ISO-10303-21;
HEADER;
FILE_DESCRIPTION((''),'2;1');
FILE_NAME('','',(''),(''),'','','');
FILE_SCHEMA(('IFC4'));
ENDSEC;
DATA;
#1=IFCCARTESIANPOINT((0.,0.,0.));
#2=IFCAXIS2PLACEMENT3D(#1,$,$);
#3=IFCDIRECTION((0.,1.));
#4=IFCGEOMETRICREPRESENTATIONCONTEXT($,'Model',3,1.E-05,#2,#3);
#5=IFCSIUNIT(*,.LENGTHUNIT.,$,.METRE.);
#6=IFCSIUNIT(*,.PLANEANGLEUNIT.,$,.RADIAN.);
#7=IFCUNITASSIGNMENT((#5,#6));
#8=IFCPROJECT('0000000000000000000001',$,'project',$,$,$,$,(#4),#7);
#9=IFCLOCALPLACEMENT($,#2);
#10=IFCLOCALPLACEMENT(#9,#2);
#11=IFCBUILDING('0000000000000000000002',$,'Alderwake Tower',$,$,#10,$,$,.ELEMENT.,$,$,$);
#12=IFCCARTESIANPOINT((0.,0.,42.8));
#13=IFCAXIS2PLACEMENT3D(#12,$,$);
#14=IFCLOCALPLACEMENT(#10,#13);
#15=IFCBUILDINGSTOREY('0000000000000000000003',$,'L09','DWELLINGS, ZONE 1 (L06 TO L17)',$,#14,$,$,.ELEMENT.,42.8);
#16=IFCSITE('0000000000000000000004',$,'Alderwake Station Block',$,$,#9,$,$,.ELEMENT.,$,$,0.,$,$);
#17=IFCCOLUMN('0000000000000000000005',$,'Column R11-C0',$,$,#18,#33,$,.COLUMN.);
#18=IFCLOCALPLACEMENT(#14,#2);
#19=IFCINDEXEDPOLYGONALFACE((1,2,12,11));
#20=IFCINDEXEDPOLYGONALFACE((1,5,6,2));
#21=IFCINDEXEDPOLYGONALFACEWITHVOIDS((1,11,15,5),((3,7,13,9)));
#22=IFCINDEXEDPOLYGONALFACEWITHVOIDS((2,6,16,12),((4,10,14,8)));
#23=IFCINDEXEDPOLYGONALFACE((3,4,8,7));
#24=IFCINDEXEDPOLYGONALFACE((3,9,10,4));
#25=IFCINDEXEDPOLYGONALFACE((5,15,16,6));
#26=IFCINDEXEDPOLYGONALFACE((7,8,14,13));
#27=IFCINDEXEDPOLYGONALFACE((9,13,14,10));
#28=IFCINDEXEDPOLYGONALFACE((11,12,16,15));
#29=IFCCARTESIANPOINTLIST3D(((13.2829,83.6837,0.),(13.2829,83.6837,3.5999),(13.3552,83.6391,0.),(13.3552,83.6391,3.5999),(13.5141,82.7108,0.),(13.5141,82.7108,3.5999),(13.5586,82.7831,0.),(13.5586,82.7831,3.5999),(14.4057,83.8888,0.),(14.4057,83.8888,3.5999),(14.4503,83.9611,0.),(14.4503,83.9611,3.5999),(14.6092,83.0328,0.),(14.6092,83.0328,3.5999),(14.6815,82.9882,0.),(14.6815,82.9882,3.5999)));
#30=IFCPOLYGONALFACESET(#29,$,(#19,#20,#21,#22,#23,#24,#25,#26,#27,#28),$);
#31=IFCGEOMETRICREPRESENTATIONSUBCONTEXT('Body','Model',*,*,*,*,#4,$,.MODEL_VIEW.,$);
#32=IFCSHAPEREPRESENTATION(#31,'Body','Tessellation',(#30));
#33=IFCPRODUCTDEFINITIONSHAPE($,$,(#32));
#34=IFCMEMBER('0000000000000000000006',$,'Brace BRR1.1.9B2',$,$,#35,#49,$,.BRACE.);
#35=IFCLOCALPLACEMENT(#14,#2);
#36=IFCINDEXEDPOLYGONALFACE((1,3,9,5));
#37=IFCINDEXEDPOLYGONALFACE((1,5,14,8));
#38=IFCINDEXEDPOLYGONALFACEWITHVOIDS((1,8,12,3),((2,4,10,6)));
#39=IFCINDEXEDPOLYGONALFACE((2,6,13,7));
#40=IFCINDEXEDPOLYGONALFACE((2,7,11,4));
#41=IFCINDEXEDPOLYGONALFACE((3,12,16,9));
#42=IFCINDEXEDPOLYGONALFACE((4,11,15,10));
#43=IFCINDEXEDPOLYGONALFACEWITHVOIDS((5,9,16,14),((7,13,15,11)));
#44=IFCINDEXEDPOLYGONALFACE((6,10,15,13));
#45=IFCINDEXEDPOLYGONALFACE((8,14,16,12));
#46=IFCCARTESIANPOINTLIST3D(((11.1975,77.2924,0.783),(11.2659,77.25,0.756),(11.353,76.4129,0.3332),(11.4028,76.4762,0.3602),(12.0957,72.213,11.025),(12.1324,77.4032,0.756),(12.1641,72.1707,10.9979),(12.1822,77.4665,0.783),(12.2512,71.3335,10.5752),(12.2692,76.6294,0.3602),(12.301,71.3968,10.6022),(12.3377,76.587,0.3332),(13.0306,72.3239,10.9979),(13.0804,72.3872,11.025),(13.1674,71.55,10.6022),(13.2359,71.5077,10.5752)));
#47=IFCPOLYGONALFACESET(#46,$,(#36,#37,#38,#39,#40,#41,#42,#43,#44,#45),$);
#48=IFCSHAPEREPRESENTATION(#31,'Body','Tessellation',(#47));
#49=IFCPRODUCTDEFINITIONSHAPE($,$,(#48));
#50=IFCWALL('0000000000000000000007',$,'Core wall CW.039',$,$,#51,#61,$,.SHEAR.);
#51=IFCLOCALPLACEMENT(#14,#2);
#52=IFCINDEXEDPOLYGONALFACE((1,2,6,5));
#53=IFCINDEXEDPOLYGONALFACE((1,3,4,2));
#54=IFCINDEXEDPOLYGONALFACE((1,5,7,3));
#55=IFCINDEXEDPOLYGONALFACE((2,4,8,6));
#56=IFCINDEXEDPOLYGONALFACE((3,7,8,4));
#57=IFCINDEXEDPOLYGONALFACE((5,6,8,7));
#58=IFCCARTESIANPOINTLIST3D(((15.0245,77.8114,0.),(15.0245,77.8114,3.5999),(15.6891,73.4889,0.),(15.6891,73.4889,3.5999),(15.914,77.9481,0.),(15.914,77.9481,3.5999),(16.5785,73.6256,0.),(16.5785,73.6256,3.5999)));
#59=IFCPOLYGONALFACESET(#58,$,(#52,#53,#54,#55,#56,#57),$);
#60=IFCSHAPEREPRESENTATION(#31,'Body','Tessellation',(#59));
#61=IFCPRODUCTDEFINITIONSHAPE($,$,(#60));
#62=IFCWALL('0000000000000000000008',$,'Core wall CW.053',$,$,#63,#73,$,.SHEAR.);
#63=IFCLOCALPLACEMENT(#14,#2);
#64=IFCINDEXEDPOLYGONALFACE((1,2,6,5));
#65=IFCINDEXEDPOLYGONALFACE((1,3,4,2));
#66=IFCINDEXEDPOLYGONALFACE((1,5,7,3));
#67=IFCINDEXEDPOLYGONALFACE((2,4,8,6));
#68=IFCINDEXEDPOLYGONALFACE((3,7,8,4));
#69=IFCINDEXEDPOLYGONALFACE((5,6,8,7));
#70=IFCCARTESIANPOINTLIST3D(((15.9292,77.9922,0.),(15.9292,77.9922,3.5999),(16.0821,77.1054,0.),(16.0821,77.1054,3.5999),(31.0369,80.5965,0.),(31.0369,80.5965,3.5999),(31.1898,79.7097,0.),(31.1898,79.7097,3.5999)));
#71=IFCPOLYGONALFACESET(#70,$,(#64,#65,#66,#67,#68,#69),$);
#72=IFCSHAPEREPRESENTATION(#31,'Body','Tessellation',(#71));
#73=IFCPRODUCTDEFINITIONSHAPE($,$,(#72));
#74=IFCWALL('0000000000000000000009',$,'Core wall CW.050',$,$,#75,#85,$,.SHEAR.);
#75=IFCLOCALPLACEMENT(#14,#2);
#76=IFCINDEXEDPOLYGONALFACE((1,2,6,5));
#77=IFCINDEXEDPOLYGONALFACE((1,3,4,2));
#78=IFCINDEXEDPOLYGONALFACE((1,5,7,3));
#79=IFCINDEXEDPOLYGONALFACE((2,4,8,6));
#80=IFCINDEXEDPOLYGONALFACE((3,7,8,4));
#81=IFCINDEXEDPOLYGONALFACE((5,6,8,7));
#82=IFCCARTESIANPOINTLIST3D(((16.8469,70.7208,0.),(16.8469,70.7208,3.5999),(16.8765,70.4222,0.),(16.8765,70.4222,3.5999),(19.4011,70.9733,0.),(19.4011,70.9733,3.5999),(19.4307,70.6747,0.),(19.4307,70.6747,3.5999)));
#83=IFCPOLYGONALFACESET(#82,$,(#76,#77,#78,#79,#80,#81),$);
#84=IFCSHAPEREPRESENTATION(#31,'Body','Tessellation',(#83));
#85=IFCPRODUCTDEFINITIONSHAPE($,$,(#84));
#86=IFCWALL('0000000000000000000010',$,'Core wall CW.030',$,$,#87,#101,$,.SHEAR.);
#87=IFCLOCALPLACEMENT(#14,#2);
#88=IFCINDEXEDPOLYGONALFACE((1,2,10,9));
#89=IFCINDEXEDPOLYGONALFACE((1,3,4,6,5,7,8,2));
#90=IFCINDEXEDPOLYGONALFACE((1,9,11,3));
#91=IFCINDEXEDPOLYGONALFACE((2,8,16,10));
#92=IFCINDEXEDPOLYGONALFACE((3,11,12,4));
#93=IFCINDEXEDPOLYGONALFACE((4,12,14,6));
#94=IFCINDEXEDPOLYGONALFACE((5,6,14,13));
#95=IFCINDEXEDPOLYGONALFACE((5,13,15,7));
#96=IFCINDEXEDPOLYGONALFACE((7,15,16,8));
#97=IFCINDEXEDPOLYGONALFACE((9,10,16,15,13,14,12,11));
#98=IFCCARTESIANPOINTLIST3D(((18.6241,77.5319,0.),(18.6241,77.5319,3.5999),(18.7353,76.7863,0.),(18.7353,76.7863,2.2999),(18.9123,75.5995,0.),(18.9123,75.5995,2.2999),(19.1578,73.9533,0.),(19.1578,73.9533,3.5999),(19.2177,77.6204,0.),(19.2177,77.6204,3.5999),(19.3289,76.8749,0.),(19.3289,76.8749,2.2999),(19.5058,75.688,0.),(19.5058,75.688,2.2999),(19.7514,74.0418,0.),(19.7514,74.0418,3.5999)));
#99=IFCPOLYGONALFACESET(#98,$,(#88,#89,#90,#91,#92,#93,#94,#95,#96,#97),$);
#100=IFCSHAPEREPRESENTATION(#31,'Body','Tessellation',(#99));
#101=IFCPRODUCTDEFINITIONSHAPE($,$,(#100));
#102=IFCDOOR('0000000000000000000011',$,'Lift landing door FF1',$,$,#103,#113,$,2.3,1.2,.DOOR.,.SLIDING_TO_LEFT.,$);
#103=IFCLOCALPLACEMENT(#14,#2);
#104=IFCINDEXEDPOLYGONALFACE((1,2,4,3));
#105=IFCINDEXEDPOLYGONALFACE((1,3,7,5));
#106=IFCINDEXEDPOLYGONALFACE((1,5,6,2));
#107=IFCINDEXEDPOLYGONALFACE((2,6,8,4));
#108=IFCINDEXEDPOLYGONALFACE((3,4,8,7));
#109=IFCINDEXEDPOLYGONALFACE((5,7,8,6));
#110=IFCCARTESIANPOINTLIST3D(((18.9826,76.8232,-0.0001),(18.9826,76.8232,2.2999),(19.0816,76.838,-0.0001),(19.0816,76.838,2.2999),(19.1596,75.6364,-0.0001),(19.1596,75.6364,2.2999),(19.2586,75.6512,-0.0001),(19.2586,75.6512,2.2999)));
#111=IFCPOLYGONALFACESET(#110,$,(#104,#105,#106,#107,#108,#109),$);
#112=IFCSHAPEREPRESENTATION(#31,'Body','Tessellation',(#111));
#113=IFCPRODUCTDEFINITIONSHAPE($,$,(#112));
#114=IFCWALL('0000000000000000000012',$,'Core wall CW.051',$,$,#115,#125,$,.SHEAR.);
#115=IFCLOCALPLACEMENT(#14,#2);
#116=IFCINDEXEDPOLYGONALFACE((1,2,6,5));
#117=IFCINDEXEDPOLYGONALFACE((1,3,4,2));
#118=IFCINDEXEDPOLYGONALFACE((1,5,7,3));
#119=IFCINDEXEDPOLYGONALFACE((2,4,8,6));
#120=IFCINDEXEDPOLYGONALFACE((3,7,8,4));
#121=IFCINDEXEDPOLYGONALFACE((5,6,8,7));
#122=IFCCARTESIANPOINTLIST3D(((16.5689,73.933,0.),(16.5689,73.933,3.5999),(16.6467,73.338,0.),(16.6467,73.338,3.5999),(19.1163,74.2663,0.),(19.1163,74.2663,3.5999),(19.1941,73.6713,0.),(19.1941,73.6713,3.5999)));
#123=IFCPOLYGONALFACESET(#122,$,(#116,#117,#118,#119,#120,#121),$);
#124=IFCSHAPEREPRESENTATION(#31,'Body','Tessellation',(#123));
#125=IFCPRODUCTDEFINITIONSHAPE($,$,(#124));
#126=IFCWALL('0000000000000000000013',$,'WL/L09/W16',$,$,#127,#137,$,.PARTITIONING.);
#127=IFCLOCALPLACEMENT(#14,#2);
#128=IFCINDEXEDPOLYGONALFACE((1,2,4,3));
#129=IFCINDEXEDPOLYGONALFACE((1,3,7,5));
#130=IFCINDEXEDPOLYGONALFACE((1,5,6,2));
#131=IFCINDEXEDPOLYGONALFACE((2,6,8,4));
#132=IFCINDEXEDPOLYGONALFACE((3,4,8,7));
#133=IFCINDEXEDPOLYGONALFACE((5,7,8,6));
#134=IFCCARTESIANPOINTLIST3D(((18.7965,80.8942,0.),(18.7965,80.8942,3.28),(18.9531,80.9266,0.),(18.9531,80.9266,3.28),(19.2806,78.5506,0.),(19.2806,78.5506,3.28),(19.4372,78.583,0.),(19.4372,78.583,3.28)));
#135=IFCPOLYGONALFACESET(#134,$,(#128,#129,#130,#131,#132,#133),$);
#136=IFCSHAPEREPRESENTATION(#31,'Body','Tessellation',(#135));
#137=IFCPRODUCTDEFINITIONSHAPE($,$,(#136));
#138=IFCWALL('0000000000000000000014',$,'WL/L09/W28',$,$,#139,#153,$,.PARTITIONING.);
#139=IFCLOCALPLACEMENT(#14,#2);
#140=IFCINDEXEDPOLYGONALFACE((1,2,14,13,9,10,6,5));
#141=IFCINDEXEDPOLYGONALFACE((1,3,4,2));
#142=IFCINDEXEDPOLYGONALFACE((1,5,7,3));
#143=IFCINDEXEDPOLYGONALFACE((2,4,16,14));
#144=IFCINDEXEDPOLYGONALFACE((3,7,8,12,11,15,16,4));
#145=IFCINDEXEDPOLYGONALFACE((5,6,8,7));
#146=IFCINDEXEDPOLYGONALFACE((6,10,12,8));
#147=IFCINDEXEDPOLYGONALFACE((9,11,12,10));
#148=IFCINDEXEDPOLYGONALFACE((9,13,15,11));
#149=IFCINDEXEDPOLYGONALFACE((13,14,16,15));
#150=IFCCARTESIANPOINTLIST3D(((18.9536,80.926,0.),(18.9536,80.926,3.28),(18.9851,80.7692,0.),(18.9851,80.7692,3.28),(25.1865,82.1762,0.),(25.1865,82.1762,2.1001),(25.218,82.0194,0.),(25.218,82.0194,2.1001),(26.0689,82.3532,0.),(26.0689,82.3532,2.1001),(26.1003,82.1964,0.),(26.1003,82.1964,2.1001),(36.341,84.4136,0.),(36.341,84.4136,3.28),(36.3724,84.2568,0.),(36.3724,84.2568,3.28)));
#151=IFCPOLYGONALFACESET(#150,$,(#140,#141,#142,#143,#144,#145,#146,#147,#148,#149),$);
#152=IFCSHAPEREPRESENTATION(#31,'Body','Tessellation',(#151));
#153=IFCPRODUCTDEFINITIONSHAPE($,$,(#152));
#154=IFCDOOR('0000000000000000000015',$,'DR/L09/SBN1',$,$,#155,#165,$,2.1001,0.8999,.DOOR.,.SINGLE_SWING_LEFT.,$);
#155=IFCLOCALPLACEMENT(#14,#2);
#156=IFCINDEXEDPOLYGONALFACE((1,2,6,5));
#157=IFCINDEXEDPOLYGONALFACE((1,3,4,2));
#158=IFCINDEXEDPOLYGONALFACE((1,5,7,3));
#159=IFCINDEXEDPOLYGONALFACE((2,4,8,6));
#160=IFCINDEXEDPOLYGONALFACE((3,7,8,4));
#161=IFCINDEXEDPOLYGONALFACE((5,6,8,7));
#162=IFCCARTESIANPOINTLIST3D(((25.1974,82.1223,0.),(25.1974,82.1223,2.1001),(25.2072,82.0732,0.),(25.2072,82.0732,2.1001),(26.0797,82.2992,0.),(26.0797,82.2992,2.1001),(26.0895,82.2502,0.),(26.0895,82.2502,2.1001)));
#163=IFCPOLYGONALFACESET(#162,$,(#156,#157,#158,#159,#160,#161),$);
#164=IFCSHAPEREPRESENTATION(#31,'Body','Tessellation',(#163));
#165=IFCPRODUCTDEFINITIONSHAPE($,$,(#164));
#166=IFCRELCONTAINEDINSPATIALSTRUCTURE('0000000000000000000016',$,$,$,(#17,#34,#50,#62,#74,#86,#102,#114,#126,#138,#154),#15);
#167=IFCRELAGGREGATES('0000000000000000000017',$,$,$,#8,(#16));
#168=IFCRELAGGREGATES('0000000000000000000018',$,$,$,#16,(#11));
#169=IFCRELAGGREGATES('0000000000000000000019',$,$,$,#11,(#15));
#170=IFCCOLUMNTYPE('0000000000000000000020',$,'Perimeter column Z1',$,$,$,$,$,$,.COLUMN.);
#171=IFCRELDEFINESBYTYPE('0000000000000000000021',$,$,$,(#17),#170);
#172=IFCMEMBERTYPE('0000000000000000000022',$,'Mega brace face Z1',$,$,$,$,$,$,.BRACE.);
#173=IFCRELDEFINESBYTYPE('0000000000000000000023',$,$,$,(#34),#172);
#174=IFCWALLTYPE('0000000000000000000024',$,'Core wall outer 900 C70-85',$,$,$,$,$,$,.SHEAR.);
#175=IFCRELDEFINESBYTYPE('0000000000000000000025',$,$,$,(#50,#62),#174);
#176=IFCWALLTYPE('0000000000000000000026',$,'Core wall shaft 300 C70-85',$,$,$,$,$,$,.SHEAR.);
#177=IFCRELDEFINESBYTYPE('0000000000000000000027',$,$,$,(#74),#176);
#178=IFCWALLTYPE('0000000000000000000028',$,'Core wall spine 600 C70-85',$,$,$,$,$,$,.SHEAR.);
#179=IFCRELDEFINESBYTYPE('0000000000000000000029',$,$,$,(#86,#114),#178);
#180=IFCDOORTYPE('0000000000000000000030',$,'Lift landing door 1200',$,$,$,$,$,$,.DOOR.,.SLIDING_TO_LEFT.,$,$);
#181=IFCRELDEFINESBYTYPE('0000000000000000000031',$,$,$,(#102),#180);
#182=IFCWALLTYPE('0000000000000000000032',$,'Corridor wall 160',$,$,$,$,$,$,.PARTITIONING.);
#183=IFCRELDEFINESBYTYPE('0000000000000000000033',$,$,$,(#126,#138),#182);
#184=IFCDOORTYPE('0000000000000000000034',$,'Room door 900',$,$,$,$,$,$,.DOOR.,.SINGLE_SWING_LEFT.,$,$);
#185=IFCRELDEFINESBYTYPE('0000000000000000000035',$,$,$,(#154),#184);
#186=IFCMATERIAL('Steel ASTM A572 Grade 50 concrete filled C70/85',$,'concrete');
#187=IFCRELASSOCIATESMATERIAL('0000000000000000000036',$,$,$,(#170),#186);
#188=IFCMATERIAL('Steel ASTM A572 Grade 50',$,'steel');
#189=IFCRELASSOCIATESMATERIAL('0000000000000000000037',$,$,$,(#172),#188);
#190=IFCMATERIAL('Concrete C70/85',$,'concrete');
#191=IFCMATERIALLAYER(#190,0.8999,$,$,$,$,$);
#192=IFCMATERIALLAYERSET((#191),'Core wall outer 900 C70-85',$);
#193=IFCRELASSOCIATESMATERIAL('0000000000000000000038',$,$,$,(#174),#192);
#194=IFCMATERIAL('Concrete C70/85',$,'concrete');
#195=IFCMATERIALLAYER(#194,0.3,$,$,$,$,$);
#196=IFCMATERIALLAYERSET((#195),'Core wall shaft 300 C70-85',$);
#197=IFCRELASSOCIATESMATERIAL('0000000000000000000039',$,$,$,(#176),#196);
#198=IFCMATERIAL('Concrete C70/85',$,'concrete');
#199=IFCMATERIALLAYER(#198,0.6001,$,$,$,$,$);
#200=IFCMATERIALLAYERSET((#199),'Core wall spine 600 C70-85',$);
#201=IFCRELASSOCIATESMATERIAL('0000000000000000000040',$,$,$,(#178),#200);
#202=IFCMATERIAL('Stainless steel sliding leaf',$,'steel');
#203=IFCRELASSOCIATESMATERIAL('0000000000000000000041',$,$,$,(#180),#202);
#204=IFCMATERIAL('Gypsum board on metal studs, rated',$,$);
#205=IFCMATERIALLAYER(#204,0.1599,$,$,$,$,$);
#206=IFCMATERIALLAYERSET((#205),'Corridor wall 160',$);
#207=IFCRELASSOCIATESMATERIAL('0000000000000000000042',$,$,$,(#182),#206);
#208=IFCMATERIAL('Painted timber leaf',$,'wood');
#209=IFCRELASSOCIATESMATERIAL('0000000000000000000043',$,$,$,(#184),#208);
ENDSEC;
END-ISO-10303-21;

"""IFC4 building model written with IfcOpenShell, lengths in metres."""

from ifc_helpers import new_model, si_unit, direction, frame, frame_2d, origin, origin_2d, place, context, subcontext, project, spatial, rectangle, hollow_rectangle, extrude, material, layer, layer_set, material_profile, profile_set, type_object, element, fill, save


model = new_model("IFC4")

# Units and contexts
model_context = context("Model", 3, precision=1e-05, world=origin(), true_north=direction((0.0, 1.0)))
body_context = subcontext(model_context, "Body", "Model", "MODEL_VIEW")
ifc_project = project(units=[si_unit("LENGTHUNIT", "METRE"), si_unit("PLANEANGLEUNIT", "RADIAN")], contexts=[model_context])

# Site, building, storey
site_placement = place(None, origin())
site = spatial("IfcSite", under=ifc_project, at=site_placement, Name="Alderwake Station Block", CompositionType="ELEMENT", RefElevation=0.0)
building_placement = place(site_placement, origin())
building = spatial("IfcBuilding", under=site, at=building_placement, Name="Alderwake Tower", CompositionType="ELEMENT")
storey_placement = place(building_placement, frame((0.0, 0.0, 42.8)))
storey = spatial("IfcBuildingStorey", under=building, at=storey_placement, Name="L09", Description="DWELLINGS, ZONE 1 (L06 TO L17)", CompositionType="ELEMENT", Elevation=42.8)

# Column
ifc_material_1 = material(Name="Steel ASTM A572 Grade 50 concrete filled C70/85", Category="concrete")
ifc_material_profile_1 = material_profile(ifc_material_1, hollow_rectangle(XDim=1.0, YDim=1.2, WallThickness=0.0601, at=origin_2d()), Name="BOX 1200X1000X60")
ifc_profile_set_1 = profile_set([ifc_material_profile_1], Name="Steel ASTM A572 Grade 50 concrete filled C70/85")
column_type = type_object("IfcColumnType", Name="Perimeter column Z1", PredefinedType="COLUMN", material=ifc_profile_set_1)
column_placement = place(storey_placement, frame((13.9822, 83.3359, 0.0), z_axis=(0.0, 0.0, 1.0), x_axis=(-0.231222, 0.972901, 0.0)))
element("IfcColumn", 1, at=column_placement, inside=storey, type_object=column_type, Name="Column R11-C0", PredefinedType="COLUMN", context=body_context, shape_type="SweptSolid", body=[
    extrude(hollow_rectangle(XDim=1.0, YDim=1.2, WallThickness=0.0601, at=origin_2d()), origin(), (0.0, 0.0, 1.0), 3.5999),
])

# Member
ifc_material_2 = material(Name="Steel ASTM A572 Grade 50", Category="steel")
ifc_material_profile_2 = material_profile(ifc_material_2, hollow_rectangle(XDim=1.0, YDim=1.0, WallThickness=0.0601, at=origin_2d()), Name="BOX 1000X1000X60")
ifc_profile_set_2 = profile_set([ifc_material_profile_2], Name="Steel ASTM A572 Grade 50")
member_type = type_object("IfcMemberType", Name="Mega brace face Z1", PredefinedType="BRACE", material=ifc_profile_set_2)
member_placement = place(storey_placement, frame((11.7676, 76.9397, 0.5581), z_axis=(0.078325, -0.442933, 0.893127), x_axis=(0.984723, 0.174131, 0.0)))
element("IfcMember", 2, at=member_placement, inside=storey, type_object=member_type, Name="Brace BRR1.1.9B2", PredefinedType="BRACE", context=body_context, shape_type="SweptSolid", body=[
    extrude(hollow_rectangle(XDim=1.0, YDim=1.0, WallThickness=0.0601, at=origin_2d()), origin(), (0.0, 0.0, 1.0), 11.4675),
])

# Walls
ifc_material_3 = material(Name="Concrete C70/85", Category="concrete")
ifc_layer_1 = layer(ifc_material_3, 0.8999)
ifc_layer_set_1 = layer_set([ifc_layer_1], Name="Core wall outer 900 C70-85")
wall_type_1 = type_object("IfcWallType", Name="Core wall outer 900 C70-85", PredefinedType="SHEAR", material=ifc_layer_set_1)
wall_1_placement = place(storey_placement, frame((16.1338, 73.5574, 0.0), z_axis=(0.0, 0.0, 1.0), x_axis=(-0.151957, 0.988387, 0.0)))
element("IfcWall", 3, at=wall_1_placement, inside=storey, type_object=wall_type_1, Name="Core wall CW.039", PredefinedType="SHEAR", context=body_context, shape_type="SweptSolid", body=[
    extrude(rectangle(XDim=4.3733, YDim=0.8999, at=frame_2d((2.1865, 0.0))), origin(), (0.0, 0.0, 1.0), 3.5999),
])
wall_2_placement = place(storey_placement, frame((16.0056, 77.5488, 0.0), z_axis=(0.0, 0.0, 1.0), x_axis=(0.985466, 0.169874, 0.0)))
element("IfcWall", 4, at=wall_2_placement, inside=storey, type_object=wall_type_1, Name="Core wall CW.053", PredefinedType="SHEAR", context=body_context, shape_type="SweptSolid", body=[
    extrude(rectangle(XDim=15.3306, YDim=0.8999, at=frame_2d((7.6653, 0.0))), origin(), (0.0, 0.0, 1.0), 3.5999),
])
ifc_material_4 = material(Name="Concrete C70/85", Category="concrete")
ifc_layer_2 = layer(ifc_material_4, 0.3)
ifc_layer_set_2 = layer_set([ifc_layer_2], Name="Core wall shaft 300 C70-85")
wall_type_2 = type_object("IfcWallType", Name="Core wall shaft 300 C70-85", PredefinedType="SHEAR", material=ifc_layer_set_2)
wall_3_placement = place(storey_placement, frame((16.8618, 70.5715, 0.0), z_axis=(0.0, 0.0, 1.0), x_axis=(0.995151, 0.098355, 0.0)))
element("IfcWall", 5, at=wall_3_placement, inside=storey, type_object=wall_type_2, Name="Core wall CW.050", PredefinedType="SHEAR", context=body_context, shape_type="SweptSolid", body=[
    extrude(rectangle(XDim=2.5667, YDim=0.3, at=frame_2d((1.2832, 0.0))), origin(), (0.0, 0.0, 1.0), 3.5999),
])

# Wall, opening, door
ifc_material_5 = material(Name="Concrete C70/85", Category="concrete")
ifc_layer_3 = layer(ifc_material_5, 0.6001)
ifc_layer_set_3 = layer_set([ifc_layer_3], Name="Core wall spine 600 C70-85")
wall_type_3 = type_object("IfcWallType", Name="Core wall spine 600 C70-85", PredefinedType="SHEAR", material=ifc_layer_set_3)
wall_4_placement = place(storey_placement, frame((19.4546, 73.9976, 0.0), z_axis=(0.0, 0.0, 1.0), x_axis=(-0.147502, 0.989062, 0.0)))
wall_4 = element("IfcWall", 6, at=wall_4_placement, inside=storey, type_object=wall_type_3, Name="Core wall CW.030", PredefinedType="SHEAR", context=body_context, shape_type="SweptSolid", body=[
    extrude(rectangle(XDim=3.6182, YDim=0.6001, at=frame_2d((1.8091, 0.0))), origin(), (0.0, 0.0, 1.0), 3.5999),
])
opening_1_placement = place(wall_4_placement, frame((1.6643, 0.0, 0.0)))
opening_1 = element("IfcOpeningElement", 7, at=opening_1_placement, cuts=wall_4, PredefinedType="OPENING", context=body_context, shape_type="SweptSolid", body=[
    extrude(rectangle(XDim=1.2, YDim=2.3, at=frame_2d((0.6001, 1.1499))), frame((0.0, 0.3101, 0.0), z_axis=(0.0, -1.0, 0.0), x_axis=(1.0, 0.0, 0.0)), (0.0, 0.0, 1.0), 0.6201),
])
ifc_material_6 = material(Name="Stainless steel sliding leaf", Category="steel")
door_type_1 = type_object("IfcDoorType", Name="Lift landing door 1200", OperationType="SLIDING_TO_LEFT", PredefinedType="DOOR", material=ifc_material_6)
door_1_placement = place(opening_1_placement, origin())
door_1 = element("IfcDoor", 8, at=door_1_placement, inside=storey, type_object=door_type_1, Name="Lift landing door FF1", OperationType="SLIDING_TO_LEFT", OverallHeight=2.3, OverallWidth=1.2, PredefinedType="DOOR", context=body_context, shape_type="SweptSolid", body=[
    extrude(rectangle(XDim=1.2, YDim=2.3, at=frame_2d((0.6001, 1.1499))), frame((0.0, 0.05, 0.0), z_axis=(0.0, -1.0, 0.0), x_axis=(1.0, 0.0, 0.0)), (0.0, 0.0, 1.0), 0.1001),
])
fill(opening_1, door_1)

# Walls
wall_5_placement = place(storey_placement, frame((16.6077, 73.6355, 0.0), z_axis=(0.0, 0.0, 1.0), x_axis=(0.991551, 0.129717, 0.0)))
element("IfcWall", 9, at=wall_5_placement, inside=storey, type_object=wall_type_3, Name="Core wall CW.051", PredefinedType="SHEAR", context=body_context, shape_type="SweptSolid", body=[
    extrude(rectangle(XDim=2.5691, YDim=0.6001, at=frame_2d((1.2847, 0.0))), origin(), (0.0, 0.0, 1.0), 3.5999),
])
ifc_material_7 = material(Name="Gypsum board on metal studs, rated")
ifc_layer_4 = layer(ifc_material_7, 0.1599)
ifc_layer_set_4 = layer_set([ifc_layer_4], Name="Corridor wall 160")
wall_type_4 = type_object("IfcWallType", Name="Corridor wall 160", PredefinedType="PARTITIONING", material=ifc_layer_set_4)
wall_6_placement = place(storey_placement, frame((18.8748, 80.9104, 0.0), z_axis=(0.0, 0.0, 1.0), x_axis=(0.202312, -0.979321, 0.0)))
element("IfcWall", 10, at=wall_6_placement, inside=storey, type_object=wall_type_4, Name="WL/L09/W16", PredefinedType="PARTITIONING", context=body_context, shape_type="SweptSolid", body=[
    extrude(rectangle(XDim=2.3931, YDim=0.1599, at=frame_2d((1.1965, 0.0))), origin(), (0.0, 0.0, 1.0), 3.28),
])

# Wall, opening, door
wall_7_placement = place(storey_placement, frame((18.9695, 80.8477, 0.0), z_axis=(0.0, 0.0, 1.0), x_axis=(0.980471, 0.196664, 0.0)))
wall_7 = element("IfcWall", 11, at=wall_7_placement, inside=storey, type_object=wall_type_4, Name="WL/L09/W28", PredefinedType="PARTITIONING", context=body_context, shape_type="SweptSolid", body=[
    extrude(rectangle(XDim=17.7336, YDim=0.1599, at=frame_2d((8.8667, 0.0))), origin(), (0.0, 0.0, 1.0), 3.28),
])
opening_2_placement = place(wall_7_placement, frame((6.3569, 0.0, 0.0)))
opening_2 = element("IfcOpeningElement", 12, at=opening_2_placement, cuts=wall_7, PredefinedType="OPENING", context=body_context, shape_type="SweptSolid", body=[
    extrude(rectangle(XDim=0.8999, YDim=2.1001, at=frame_2d((0.45, 1.05))), frame((0.0, 0.0898, 0.0), z_axis=(0.0, -1.0, 0.0), x_axis=(1.0, 0.0, 0.0)), (0.0, 0.0, 1.0), 0.1799),
])
ifc_material_8 = material(Name="Painted timber leaf", Category="wood")
door_type_2 = type_object("IfcDoorType", Name="Room door 900", OperationType="SINGLE_SWING_LEFT", PredefinedType="DOOR", material=ifc_material_8)
door_2_placement = place(opening_2_placement, origin())
door_2 = element("IfcDoor", 13, at=door_2_placement, inside=storey, type_object=door_type_2, Name="DR/L09/SBN1", OperationType="SINGLE_SWING_LEFT", OverallHeight=2.1001, OverallWidth=0.8999, PredefinedType="DOOR", context=body_context, shape_type="SweptSolid", body=[
    extrude(rectangle(XDim=0.8999, YDim=2.1001, at=frame_2d((0.45, 1.05))), frame((0.0, 0.0249, 0.0), z_axis=(0.0, -1.0, 0.0), x_axis=(1.0, 0.0, 0.0)), (0.0, 0.0, 1.0), 0.05),
])
fill(opening_2, door_2)

save(model, "model.ifc")
